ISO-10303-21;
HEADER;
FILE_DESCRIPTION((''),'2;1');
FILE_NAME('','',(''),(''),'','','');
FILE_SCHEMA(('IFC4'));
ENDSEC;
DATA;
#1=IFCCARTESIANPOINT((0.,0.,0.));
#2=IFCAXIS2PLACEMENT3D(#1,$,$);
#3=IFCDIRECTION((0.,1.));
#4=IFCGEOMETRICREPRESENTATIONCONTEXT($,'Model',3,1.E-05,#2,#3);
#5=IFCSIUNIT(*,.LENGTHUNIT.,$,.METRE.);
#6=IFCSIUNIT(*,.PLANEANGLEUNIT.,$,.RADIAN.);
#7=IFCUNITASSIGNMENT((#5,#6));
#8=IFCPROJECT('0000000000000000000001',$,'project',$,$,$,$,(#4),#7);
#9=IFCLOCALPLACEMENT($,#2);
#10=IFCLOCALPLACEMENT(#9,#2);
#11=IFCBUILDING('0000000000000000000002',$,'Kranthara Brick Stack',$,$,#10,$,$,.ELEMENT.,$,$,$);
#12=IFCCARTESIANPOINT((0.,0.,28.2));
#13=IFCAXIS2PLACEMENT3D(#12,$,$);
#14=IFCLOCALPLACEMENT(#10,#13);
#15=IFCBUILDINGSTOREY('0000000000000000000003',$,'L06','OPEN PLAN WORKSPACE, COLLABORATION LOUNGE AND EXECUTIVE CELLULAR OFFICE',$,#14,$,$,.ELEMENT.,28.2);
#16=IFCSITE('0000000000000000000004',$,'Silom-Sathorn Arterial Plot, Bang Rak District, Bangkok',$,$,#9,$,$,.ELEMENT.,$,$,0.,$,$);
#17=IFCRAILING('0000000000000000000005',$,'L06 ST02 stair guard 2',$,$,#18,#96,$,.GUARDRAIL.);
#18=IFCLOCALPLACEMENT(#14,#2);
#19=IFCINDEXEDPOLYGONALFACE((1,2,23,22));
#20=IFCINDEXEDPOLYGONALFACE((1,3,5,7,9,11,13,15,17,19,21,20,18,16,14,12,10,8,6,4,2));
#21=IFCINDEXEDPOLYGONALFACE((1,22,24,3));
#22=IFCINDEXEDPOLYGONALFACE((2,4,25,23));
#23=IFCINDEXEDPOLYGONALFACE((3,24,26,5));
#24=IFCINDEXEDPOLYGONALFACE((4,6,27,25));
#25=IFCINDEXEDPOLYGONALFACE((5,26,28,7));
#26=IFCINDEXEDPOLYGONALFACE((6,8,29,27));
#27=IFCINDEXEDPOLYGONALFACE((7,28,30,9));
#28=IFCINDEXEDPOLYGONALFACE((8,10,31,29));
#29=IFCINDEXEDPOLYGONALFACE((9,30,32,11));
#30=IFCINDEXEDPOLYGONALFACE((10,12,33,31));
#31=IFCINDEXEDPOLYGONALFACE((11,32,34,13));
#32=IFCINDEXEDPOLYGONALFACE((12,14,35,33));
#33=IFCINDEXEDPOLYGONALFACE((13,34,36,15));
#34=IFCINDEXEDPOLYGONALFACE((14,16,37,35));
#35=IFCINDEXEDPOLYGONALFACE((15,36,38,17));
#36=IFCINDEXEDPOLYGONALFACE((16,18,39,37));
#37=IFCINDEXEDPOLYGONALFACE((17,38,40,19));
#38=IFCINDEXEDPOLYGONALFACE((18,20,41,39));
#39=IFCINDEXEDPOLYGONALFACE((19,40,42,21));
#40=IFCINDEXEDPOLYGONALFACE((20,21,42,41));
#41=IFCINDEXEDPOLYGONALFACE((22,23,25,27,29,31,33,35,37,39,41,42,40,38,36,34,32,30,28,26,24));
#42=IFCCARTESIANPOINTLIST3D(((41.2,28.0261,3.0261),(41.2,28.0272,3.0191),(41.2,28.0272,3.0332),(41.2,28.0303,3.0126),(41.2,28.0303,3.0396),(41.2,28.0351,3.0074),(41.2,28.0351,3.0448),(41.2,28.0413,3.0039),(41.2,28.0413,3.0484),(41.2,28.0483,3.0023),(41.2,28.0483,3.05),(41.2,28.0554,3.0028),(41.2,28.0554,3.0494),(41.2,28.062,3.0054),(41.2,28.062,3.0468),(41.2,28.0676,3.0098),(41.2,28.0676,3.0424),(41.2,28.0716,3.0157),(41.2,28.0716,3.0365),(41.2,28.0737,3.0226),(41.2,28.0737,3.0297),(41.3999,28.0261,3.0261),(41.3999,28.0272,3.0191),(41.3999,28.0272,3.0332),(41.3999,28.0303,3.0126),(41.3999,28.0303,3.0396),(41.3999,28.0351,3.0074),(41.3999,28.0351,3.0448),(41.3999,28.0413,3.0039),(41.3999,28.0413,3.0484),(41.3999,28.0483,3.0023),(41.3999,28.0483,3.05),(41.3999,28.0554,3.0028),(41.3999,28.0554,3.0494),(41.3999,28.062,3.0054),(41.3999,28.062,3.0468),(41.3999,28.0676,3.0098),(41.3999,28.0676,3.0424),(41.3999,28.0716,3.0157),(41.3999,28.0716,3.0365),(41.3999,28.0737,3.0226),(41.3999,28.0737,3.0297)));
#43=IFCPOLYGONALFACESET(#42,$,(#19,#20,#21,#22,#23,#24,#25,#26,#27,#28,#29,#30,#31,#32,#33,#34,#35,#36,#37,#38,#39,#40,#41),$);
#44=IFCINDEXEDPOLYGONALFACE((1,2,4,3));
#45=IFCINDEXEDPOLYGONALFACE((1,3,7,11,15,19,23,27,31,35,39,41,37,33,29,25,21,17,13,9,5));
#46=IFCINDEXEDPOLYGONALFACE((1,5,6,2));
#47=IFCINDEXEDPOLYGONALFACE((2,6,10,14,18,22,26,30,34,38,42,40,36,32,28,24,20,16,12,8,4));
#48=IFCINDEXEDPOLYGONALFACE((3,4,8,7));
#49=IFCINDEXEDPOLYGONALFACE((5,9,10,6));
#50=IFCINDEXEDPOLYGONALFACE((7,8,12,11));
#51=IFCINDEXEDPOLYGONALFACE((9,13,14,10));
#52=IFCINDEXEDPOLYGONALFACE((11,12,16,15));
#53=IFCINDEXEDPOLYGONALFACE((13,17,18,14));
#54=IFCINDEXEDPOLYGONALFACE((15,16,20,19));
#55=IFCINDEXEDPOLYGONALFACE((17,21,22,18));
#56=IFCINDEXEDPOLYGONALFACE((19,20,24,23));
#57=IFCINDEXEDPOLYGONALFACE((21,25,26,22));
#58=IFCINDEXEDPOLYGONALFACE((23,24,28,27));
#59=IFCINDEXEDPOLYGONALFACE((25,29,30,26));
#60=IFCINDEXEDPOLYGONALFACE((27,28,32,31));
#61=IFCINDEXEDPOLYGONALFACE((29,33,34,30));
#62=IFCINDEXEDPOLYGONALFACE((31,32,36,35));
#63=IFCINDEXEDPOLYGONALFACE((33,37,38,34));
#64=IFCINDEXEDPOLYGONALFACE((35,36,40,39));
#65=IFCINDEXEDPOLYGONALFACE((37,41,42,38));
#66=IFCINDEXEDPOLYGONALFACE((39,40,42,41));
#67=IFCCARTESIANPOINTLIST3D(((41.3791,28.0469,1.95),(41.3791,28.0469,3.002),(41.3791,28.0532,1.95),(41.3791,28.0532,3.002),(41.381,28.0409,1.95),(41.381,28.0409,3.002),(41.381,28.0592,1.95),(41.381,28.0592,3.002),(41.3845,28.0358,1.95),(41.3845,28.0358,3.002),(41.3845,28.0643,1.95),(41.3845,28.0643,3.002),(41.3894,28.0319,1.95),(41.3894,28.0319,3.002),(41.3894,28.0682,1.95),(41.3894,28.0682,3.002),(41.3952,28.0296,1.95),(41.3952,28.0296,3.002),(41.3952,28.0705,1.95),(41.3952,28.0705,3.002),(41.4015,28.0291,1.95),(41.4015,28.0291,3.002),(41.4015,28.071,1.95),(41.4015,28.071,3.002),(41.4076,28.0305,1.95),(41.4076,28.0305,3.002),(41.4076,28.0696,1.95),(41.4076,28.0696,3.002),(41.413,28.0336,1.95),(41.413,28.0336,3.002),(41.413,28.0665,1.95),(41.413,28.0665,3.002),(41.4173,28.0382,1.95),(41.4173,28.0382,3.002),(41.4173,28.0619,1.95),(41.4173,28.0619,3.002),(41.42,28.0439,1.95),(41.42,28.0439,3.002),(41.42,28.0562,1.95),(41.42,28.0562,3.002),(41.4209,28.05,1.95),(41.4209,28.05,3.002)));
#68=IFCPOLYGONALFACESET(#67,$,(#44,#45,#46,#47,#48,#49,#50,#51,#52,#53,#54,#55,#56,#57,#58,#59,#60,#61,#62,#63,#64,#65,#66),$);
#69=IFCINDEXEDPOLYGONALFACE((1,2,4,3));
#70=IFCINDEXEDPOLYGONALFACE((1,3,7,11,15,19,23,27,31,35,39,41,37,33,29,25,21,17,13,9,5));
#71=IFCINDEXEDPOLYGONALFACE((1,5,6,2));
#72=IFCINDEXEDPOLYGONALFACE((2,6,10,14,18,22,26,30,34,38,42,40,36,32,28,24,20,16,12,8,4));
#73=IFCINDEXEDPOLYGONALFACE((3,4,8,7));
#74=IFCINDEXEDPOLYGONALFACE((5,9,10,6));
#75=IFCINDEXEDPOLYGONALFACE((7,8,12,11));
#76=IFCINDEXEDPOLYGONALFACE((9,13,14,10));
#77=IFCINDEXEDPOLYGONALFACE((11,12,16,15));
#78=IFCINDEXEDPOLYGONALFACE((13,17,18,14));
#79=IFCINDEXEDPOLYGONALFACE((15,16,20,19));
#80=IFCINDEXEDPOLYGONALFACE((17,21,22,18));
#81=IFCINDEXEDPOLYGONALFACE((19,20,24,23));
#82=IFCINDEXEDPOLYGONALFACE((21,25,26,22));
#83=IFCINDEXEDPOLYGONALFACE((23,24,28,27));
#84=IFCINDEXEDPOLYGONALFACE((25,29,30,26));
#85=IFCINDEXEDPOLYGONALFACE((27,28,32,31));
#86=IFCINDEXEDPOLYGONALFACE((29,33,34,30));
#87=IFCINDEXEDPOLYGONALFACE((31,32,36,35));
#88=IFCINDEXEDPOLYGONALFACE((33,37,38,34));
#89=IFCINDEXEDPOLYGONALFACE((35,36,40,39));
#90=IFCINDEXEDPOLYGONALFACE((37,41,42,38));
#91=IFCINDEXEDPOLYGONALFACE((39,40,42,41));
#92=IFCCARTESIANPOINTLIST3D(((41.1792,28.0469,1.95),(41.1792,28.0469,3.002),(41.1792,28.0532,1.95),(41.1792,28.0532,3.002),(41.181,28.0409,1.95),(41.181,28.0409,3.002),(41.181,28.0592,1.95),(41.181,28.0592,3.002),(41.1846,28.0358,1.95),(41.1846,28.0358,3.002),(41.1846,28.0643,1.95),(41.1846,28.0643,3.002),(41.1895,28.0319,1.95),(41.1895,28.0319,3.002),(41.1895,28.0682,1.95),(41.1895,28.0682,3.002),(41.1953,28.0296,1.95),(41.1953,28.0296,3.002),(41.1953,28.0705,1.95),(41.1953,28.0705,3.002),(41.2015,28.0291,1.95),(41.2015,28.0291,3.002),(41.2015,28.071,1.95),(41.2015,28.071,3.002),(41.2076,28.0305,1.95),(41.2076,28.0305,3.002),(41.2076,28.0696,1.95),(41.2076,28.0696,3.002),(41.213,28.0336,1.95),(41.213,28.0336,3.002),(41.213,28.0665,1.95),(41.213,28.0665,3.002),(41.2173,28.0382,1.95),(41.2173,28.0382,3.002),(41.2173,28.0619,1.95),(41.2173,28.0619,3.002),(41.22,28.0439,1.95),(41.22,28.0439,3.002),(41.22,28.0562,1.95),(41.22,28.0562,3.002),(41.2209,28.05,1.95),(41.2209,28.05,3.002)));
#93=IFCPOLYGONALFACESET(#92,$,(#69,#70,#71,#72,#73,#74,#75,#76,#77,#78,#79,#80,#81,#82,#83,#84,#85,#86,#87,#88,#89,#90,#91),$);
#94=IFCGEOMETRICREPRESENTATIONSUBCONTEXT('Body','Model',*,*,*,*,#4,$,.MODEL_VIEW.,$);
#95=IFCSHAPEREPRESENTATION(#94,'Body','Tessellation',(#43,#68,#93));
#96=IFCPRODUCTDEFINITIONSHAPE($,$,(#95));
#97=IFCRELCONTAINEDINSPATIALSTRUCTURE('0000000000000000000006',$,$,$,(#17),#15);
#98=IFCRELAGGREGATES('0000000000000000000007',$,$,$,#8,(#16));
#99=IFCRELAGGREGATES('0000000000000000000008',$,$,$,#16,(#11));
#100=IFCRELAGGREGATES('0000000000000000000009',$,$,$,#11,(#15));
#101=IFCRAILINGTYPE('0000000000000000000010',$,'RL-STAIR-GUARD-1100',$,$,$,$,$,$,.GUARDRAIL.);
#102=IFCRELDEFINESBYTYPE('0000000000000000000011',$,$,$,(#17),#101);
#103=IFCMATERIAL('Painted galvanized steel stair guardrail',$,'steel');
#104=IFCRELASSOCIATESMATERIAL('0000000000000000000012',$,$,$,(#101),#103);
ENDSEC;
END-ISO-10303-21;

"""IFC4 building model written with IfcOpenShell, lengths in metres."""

from ifc_helpers import new_model, si_unit, direction, frame, origin, origin_2d, place, context, subcontext, project, spatial, circle, extrude, material, type_object, element, save


model = new_model("IFC4")

# Units and contexts
model_context = context("Model", 3, precision=1e-05, world=origin(), true_north=direction((0.0, 1.0)))
body_context = subcontext(model_context, "Body", "Model", "MODEL_VIEW")
ifc_project = project(units=[si_unit("LENGTHUNIT", "METRE"), si_unit("PLANEANGLEUNIT", "RADIAN")], contexts=[model_context])

# Site, building, storey
site_placement = place(None, origin())
site = spatial("IfcSite", under=ifc_project, at=site_placement, Name="Silom-Sathorn Arterial Plot, Bang Rak District, Bangkok", CompositionType="ELEMENT", RefElevation=0.0)
building_placement = place(site_placement, origin())
building = spatial("IfcBuilding", under=site, at=building_placement, Name="Kranthara Brick Stack", CompositionType="ELEMENT")
storey_placement = place(building_placement, frame((0.0, 0.0, 28.2)))
storey = spatial("IfcBuildingStorey", under=building, at=storey_placement, Name="L06", Description="OPEN PLAN WORKSPACE, COLLABORATION LOUNGE AND EXECUTIVE CELLULAR OFFICE", CompositionType="ELEMENT", Elevation=28.2)

# Railing
ifc_material_1 = material(Name="Painted galvanized steel stair guardrail", Category="steel")
railing_type_1 = type_object("IfcRailingType", Name="RL-STAIR-GUARD-1100", PredefinedType="GUARDRAIL", material=ifc_material_1)
railing_1_placement = place(storey_placement, frame((41.3999, 28.05, 1.95)))
element("IfcRailing", 1, at=railing_1_placement, inside=storey, type_object=railing_type_1, Name="L06 ST02 stair guard 2", PredefinedType="GUARDRAIL", context=body_context, shape_type="SweptSolid", body=[
    extrude(circle(Radius=0.0239, at=origin_2d()), frame((0.0, 0.0, 1.0762), z_axis=(-1.0, 0.0, 0.0), x_axis=(0.0, -1.0, 0.0)), (0.0, 0.0, 1.0), 0.2),
    extrude(circle(Radius=0.021, at=origin_2d()), origin(), (0.0, 0.0, 1.0), 1.052),
    extrude(circle(Radius=0.021, at=origin_2d()), frame((-0.2, 0.0, 0.0)), (0.0, 0.0, 1.0), 1.052),
])

save(model, "model.ifc")
